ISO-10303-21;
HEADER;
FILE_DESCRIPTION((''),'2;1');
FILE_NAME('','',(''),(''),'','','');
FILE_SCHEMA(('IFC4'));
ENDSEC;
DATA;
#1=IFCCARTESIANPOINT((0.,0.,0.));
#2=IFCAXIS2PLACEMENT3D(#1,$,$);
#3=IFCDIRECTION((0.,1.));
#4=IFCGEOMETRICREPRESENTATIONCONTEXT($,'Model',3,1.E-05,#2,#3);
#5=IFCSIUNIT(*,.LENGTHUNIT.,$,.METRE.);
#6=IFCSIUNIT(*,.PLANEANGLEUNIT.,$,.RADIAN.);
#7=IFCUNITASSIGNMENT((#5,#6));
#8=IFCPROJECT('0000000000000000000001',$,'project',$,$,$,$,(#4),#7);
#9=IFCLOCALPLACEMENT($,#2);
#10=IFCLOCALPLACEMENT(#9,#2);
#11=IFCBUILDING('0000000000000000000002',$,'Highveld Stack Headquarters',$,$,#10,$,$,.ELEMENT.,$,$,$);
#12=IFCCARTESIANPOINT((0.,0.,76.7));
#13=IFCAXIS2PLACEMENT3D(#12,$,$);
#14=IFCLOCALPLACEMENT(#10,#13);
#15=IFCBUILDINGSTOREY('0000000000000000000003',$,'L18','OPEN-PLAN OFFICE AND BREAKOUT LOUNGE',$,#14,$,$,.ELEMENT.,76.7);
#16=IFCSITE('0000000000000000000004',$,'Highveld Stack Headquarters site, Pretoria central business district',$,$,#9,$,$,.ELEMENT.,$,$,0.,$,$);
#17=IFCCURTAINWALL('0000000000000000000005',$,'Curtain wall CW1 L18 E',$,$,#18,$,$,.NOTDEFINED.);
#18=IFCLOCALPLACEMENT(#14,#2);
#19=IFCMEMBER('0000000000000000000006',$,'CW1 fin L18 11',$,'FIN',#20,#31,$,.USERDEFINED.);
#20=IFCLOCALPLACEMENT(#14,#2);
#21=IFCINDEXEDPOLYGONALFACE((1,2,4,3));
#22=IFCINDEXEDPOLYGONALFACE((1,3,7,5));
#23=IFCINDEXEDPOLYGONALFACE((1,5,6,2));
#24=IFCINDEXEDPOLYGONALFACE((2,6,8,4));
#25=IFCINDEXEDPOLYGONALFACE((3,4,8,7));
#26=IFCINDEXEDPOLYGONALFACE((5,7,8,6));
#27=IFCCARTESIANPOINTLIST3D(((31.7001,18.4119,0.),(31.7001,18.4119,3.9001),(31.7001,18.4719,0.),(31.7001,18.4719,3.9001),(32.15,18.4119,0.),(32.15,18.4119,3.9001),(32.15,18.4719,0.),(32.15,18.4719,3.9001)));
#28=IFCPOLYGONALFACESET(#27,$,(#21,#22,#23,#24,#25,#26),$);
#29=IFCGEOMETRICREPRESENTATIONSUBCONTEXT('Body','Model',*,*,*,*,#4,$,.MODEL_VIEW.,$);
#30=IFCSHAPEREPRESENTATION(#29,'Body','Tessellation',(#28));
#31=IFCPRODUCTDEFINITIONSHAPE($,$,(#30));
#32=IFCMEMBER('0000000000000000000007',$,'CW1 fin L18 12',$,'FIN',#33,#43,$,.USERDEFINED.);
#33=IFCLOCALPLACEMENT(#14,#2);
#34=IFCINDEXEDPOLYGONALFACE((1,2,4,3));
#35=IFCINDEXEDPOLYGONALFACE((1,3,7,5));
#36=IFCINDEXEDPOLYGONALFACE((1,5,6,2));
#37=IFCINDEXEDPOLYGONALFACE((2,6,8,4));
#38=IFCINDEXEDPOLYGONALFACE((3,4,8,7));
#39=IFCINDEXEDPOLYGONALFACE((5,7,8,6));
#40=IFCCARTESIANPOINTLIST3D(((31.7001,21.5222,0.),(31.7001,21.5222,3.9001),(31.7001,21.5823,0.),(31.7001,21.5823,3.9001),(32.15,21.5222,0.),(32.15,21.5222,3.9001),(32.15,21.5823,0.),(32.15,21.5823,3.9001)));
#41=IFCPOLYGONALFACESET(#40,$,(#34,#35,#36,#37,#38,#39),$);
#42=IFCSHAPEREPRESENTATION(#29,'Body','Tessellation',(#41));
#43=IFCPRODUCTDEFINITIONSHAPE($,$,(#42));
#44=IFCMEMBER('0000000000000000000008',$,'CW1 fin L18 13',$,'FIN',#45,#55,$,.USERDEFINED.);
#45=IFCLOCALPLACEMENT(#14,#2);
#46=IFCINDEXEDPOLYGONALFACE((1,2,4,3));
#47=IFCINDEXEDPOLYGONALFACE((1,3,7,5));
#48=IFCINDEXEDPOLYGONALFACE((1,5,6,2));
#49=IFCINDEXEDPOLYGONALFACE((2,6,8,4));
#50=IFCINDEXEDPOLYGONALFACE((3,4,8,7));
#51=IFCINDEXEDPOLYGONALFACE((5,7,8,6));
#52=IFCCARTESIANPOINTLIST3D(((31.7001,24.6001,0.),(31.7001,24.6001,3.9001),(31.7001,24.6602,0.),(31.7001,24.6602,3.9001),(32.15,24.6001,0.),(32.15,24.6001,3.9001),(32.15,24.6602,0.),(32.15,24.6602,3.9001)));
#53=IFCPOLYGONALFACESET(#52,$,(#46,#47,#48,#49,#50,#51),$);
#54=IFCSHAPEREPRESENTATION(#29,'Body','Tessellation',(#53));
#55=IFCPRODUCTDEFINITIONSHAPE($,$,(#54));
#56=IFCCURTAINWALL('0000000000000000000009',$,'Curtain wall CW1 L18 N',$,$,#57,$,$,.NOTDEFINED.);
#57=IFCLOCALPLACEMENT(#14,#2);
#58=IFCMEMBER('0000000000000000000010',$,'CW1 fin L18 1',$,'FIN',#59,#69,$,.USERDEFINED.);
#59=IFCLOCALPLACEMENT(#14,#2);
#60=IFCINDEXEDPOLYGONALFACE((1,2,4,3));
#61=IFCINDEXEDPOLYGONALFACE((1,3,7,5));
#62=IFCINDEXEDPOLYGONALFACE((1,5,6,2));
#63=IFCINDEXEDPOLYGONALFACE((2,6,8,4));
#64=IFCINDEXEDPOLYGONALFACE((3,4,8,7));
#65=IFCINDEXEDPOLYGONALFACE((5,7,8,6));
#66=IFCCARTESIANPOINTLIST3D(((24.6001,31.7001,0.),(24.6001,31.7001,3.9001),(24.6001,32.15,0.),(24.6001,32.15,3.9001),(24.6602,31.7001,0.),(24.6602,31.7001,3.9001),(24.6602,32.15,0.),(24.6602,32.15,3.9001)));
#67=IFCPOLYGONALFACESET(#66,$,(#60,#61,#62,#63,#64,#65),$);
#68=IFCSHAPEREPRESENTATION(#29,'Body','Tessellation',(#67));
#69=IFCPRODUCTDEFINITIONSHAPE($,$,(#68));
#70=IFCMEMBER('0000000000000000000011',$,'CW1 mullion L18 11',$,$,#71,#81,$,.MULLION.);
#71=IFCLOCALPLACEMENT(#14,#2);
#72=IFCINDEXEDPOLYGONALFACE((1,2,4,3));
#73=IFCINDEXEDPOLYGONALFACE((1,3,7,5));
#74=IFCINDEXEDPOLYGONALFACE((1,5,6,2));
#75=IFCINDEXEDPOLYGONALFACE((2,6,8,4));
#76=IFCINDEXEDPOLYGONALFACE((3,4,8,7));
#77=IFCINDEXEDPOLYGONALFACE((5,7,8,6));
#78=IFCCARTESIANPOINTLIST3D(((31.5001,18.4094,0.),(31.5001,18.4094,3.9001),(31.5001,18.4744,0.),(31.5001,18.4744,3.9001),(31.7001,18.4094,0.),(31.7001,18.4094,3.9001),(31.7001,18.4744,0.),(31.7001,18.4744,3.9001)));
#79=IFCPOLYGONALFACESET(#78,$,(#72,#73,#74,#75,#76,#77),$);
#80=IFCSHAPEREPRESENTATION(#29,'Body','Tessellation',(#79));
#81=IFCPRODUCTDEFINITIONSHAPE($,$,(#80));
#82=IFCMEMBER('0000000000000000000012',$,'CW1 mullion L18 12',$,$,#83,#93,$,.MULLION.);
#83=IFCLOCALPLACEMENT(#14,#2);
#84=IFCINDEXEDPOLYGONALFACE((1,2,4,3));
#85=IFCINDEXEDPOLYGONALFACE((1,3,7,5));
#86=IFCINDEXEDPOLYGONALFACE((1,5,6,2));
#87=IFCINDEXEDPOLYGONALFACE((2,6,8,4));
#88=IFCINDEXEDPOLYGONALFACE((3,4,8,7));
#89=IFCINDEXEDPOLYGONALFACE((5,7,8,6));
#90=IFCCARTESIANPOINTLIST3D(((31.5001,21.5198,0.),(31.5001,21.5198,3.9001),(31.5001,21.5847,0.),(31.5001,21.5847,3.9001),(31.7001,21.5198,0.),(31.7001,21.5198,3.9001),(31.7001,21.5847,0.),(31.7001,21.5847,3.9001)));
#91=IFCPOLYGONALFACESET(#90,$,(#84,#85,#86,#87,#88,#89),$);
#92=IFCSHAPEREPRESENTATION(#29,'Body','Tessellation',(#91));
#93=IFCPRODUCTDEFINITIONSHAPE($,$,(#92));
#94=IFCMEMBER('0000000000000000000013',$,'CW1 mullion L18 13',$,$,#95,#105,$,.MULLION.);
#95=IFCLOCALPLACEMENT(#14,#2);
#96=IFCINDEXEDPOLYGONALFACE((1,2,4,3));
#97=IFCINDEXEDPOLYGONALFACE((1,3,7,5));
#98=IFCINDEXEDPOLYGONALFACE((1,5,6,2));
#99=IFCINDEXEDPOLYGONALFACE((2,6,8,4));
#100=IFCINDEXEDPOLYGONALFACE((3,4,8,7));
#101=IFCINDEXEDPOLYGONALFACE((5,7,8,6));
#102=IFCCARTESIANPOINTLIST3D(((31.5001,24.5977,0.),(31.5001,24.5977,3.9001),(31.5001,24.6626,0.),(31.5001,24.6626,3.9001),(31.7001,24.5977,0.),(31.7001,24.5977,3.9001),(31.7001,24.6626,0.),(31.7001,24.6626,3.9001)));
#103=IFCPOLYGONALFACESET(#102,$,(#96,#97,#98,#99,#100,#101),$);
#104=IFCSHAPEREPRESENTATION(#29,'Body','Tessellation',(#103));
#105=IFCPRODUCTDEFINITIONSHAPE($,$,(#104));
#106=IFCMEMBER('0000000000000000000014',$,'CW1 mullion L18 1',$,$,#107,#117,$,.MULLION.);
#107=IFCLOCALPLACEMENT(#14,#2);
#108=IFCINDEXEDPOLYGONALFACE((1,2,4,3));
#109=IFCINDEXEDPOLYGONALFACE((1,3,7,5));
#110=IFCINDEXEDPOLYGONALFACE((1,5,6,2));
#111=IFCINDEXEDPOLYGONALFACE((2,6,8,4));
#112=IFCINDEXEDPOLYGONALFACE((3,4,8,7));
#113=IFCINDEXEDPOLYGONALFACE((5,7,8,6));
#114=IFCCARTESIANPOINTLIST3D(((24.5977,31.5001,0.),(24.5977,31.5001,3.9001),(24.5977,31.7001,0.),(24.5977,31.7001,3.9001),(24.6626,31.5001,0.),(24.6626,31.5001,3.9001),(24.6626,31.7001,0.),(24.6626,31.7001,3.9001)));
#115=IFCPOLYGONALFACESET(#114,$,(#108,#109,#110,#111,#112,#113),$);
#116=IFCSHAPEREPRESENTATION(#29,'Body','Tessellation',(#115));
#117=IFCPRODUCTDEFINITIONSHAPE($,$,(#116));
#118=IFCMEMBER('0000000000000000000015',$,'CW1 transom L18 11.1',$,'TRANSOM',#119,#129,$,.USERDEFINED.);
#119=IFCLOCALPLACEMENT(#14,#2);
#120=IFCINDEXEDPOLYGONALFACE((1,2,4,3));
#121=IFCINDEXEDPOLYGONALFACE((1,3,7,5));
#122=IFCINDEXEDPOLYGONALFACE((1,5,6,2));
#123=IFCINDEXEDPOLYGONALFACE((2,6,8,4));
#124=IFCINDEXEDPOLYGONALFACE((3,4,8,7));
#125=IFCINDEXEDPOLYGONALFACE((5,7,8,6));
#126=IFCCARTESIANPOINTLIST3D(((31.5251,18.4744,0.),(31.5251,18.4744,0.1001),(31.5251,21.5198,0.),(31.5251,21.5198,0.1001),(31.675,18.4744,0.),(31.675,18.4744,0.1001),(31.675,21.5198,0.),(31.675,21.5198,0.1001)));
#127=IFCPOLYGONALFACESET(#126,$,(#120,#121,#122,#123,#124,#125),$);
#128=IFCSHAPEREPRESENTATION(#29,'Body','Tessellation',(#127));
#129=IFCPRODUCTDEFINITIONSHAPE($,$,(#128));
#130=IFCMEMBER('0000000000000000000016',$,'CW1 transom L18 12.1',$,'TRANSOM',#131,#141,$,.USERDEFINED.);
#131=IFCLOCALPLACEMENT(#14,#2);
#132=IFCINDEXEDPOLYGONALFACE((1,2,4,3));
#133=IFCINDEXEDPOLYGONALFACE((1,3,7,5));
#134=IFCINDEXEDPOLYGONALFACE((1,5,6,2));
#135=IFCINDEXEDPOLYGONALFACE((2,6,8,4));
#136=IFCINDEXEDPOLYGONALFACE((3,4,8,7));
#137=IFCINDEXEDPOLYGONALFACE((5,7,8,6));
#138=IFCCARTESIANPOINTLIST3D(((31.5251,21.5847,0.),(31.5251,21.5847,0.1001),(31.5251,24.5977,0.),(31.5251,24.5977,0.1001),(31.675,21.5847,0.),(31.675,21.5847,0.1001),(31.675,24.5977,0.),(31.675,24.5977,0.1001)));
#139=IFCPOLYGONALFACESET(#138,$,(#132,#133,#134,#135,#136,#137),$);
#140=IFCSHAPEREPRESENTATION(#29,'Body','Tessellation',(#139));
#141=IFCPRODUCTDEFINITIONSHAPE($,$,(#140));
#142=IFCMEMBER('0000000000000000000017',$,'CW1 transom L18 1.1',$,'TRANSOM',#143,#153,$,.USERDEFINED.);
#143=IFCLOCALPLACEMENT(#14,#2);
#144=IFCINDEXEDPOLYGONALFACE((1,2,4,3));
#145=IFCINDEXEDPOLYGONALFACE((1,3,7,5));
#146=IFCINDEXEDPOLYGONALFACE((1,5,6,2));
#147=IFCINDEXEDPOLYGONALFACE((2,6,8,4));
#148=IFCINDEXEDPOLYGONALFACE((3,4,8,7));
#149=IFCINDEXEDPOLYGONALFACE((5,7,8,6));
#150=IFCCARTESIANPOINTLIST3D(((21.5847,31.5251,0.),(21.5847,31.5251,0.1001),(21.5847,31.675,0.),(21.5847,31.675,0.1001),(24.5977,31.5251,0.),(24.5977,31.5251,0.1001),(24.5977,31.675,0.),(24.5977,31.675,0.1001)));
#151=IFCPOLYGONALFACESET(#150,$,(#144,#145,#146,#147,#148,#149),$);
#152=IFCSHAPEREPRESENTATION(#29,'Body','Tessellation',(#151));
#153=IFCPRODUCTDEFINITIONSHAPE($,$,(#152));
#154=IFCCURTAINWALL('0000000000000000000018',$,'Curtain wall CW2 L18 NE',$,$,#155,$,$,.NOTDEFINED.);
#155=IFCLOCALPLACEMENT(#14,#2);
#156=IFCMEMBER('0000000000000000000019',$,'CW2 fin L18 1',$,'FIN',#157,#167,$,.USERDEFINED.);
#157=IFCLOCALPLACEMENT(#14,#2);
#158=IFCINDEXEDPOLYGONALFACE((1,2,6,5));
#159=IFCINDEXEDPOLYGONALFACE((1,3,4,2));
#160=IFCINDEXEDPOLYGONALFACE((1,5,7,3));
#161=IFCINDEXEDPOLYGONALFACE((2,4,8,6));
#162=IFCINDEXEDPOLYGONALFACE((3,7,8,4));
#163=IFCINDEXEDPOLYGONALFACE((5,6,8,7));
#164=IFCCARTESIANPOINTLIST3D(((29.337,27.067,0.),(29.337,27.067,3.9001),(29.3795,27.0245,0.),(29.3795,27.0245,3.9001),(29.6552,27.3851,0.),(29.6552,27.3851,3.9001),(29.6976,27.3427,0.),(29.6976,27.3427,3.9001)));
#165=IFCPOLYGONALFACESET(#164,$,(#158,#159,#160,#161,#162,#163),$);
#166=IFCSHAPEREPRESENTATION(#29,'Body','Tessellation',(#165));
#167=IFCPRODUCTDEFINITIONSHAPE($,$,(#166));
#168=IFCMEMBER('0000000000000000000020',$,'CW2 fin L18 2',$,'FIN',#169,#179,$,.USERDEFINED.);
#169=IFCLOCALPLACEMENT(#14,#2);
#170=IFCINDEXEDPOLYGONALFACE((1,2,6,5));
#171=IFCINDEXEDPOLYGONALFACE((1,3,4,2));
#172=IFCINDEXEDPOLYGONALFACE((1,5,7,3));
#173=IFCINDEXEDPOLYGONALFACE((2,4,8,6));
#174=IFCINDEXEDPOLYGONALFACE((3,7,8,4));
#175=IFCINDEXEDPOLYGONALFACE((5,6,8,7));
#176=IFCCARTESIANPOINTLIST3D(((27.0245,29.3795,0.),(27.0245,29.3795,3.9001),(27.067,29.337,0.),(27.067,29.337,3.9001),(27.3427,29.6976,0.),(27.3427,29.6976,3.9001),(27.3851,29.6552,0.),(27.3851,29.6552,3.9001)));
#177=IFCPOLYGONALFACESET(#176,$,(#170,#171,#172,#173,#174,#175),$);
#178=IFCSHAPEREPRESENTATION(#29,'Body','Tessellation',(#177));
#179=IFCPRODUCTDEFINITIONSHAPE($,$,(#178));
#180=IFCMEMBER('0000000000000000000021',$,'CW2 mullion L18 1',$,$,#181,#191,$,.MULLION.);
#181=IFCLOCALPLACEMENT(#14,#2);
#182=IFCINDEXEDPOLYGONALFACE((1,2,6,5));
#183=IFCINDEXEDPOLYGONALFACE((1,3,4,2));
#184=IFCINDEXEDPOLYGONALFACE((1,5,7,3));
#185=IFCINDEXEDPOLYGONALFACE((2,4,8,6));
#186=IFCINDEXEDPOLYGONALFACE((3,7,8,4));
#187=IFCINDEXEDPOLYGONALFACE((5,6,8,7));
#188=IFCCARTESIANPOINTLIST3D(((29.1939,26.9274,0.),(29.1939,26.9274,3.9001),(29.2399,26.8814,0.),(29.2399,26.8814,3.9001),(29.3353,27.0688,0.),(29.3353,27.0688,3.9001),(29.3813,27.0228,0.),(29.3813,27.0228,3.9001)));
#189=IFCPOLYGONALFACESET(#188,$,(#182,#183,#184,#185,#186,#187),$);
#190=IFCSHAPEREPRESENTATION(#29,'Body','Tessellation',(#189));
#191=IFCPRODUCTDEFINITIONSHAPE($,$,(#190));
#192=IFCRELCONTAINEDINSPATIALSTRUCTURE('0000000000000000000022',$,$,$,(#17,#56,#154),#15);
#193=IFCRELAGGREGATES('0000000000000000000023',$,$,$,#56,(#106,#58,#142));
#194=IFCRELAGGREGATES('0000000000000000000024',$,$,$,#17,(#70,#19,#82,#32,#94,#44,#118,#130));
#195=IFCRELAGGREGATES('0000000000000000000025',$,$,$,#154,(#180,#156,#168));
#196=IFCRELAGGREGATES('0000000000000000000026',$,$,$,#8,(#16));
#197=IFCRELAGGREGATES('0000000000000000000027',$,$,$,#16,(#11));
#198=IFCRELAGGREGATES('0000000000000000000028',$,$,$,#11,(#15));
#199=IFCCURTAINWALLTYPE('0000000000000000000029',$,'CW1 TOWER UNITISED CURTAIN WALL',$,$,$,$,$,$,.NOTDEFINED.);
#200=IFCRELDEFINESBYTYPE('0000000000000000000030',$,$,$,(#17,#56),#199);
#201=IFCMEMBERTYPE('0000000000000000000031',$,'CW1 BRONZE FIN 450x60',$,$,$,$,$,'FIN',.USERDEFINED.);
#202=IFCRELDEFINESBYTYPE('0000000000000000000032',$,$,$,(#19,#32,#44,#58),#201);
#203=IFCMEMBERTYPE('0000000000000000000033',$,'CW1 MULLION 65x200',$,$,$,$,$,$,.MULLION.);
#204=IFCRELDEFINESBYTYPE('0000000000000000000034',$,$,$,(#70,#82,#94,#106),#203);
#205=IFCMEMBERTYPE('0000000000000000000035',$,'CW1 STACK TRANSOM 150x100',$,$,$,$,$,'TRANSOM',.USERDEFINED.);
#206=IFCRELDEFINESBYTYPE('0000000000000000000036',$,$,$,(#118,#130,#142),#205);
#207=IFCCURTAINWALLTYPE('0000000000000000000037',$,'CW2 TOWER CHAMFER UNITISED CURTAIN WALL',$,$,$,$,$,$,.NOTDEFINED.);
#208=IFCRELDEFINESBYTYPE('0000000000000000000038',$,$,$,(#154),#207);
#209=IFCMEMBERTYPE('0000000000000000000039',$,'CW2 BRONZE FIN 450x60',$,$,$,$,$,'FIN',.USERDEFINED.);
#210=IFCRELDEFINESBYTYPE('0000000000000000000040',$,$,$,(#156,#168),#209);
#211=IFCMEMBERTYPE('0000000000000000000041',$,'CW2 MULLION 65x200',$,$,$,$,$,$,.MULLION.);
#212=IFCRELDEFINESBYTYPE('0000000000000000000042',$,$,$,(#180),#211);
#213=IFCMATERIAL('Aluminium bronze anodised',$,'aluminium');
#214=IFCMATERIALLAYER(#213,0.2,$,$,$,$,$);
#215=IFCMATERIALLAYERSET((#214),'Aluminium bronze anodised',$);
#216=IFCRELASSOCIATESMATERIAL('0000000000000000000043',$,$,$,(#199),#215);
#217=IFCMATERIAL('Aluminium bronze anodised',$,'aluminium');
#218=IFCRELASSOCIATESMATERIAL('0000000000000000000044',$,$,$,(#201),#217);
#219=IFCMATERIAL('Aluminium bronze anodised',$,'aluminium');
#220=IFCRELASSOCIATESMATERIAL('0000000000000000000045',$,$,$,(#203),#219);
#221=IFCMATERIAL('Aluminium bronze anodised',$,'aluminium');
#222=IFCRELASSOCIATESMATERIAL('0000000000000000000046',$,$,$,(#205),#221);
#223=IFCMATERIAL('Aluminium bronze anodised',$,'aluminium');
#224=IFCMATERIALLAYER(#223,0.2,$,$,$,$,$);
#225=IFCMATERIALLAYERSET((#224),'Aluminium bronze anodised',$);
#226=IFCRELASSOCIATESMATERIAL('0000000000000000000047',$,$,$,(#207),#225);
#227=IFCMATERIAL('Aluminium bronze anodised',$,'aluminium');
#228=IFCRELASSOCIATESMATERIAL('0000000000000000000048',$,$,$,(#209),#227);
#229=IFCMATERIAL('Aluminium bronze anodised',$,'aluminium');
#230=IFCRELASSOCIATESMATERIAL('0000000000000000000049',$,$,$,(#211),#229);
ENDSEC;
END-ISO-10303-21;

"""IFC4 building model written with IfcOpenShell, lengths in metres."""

from ifc_helpers import new_model, si_unit, direction, frame, origin, origin_2d, place, context, subcontext, project, spatial, rectangle, extrude, material, layer, layer_set, material_profile, profile_set, type_object, element, aggregate, save


model = new_model("IFC4")

# Units and contexts
model_context = context("Model", 3, precision=1e-05, world=origin(), true_north=direction((0.0, 1.0)))
body_context = subcontext(model_context, "Body", "Model", "MODEL_VIEW")
ifc_project = project(units=[si_unit("LENGTHUNIT", "METRE"), si_unit("PLANEANGLEUNIT", "RADIAN")], contexts=[model_context])

# Site, building, storey
site_placement = place(None, origin())
site = spatial("IfcSite", under=ifc_project, at=site_placement, Name="Highveld Stack Headquarters site, Pretoria central business district", CompositionType="ELEMENT", RefElevation=0.0)
building_placement = place(site_placement, origin())
building = spatial("IfcBuilding", under=site, at=building_placement, Name="Highveld Stack Headquarters", CompositionType="ELEMENT")
storey_placement = place(building_placement, frame((0.0, 0.0, 76.7)))
storey = spatial("IfcBuildingStorey", under=building, at=storey_placement, Name="L18", Description="OPEN-PLAN OFFICE AND BREAKOUT LOUNGE", CompositionType="ELEMENT", Elevation=76.7)

# Curtain wall, members
ifc_material_1 = material(Name="Aluminium bronze anodised", Category="aluminium")
ifc_layer_1 = layer(ifc_material_1, 0.2)
ifc_layer_set_1 = layer_set([ifc_layer_1], Name="Aluminium bronze anodised")
curtain_wall_type_1 = type_object("IfcCurtainWallType", Name="CW1 TOWER UNITISED CURTAIN WALL", PredefinedType="NOTDEFINED", material=ifc_layer_set_1)
curtain_wall_1_placement = place(storey_placement, origin())
curtain_wall_1 = element("IfcCurtainWall", 1, at=curtain_wall_1_placement, inside=storey, type_object=curtain_wall_type_1, Name="Curtain wall CW1 L18 E", PredefinedType="NOTDEFINED")
ifc_material_2 = material(Name="Aluminium bronze anodised", Category="aluminium")
ifc_material_profile_1 = material_profile(ifc_material_2, rectangle(XDim=0.45, YDim=0.0601, at=origin_2d()), Name="FIN 450x60")
ifc_profile_set_1 = profile_set([ifc_material_profile_1], Name="Aluminium bronze anodised")
member_type_1 = type_object("IfcMemberType", Name="CW1 BRONZE FIN 450x60", ElementType="FIN", PredefinedType="USERDEFINED", material=ifc_profile_set_1)
member_1_placement = place(storey_placement, frame((31.925, 18.4419, 0.0), z_axis=(0.0, 0.0, 1.0), x_axis=(-1.0, 0.0, 0.0)))
member_1 = element("IfcMember", 2, at=member_1_placement, type_object=member_type_1, Name="CW1 fin L18 11", ObjectType="FIN", PredefinedType="USERDEFINED", context=body_context, shape_type="SweptSolid", body=[
    extrude(rectangle(XDim=0.45, YDim=0.0601, at=origin_2d()), origin(), (0.0, 0.0, 1.0), 3.9001),
])
member_2_placement = place(storey_placement, frame((31.925, 21.5522, 0.0), z_axis=(0.0, 0.0, 1.0), x_axis=(-1.0, 0.0, 0.0)))
member_2 = element("IfcMember", 3, at=member_2_placement, type_object=member_type_1, Name="CW1 fin L18 12", ObjectType="FIN", PredefinedType="USERDEFINED", context=body_context, shape_type="SweptSolid", body=[
    extrude(rectangle(XDim=0.45, YDim=0.0601, at=origin_2d()), origin(), (0.0, 0.0, 1.0), 3.9001),
])
member_3_placement = place(storey_placement, frame((31.925, 24.6301, 0.0), z_axis=(0.0, 0.0, 1.0), x_axis=(-1.0, 0.0, 0.0)))
member_3 = element("IfcMember", 4, at=member_3_placement, type_object=member_type_1, Name="CW1 fin L18 13", ObjectType="FIN", PredefinedType="USERDEFINED", context=body_context, shape_type="SweptSolid", body=[
    extrude(rectangle(XDim=0.45, YDim=0.0601, at=origin_2d()), origin(), (0.0, 0.0, 1.0), 3.9001),
])

# Curtain wall, member
curtain_wall_2_placement = place(storey_placement, origin())
curtain_wall_2 = element("IfcCurtainWall", 5, at=curtain_wall_2_placement, inside=storey, type_object=curtain_wall_type_1, Name="Curtain wall CW1 L18 N", PredefinedType="NOTDEFINED")
member_4_placement = place(storey_placement, frame((24.6301, 31.925, 0.0), z_axis=(0.0, 0.0, 1.0), x_axis=(0.0, -1.0, 0.0)))
member_4 = element("IfcMember", 6, at=member_4_placement, type_object=member_type_1, Name="CW1 fin L18 1", ObjectType="FIN", PredefinedType="USERDEFINED", context=body_context, shape_type="SweptSolid", body=[
    extrude(rectangle(XDim=0.45, YDim=0.0601, at=origin_2d()), origin(), (0.0, 0.0, 1.0), 3.9001),
])

# Members
ifc_material_3 = material(Name="Aluminium bronze anodised", Category="aluminium")
ifc_material_profile_2 = material_profile(ifc_material_3, rectangle(XDim=0.2, YDim=0.0649, at=origin_2d()), Name="CW1 MULLION 65x200")
ifc_profile_set_2 = profile_set([ifc_material_profile_2], Name="Aluminium bronze anodised")
member_type_2 = type_object("IfcMemberType", Name="CW1 MULLION 65x200", PredefinedType="MULLION", material=ifc_profile_set_2)
member_5_placement = place(storey_placement, frame((31.6001, 18.4419, 0.0), z_axis=(0.0, 0.0, 1.0), x_axis=(-1.0, 0.0, 0.0)))
member_5 = element("IfcMember", 7, at=member_5_placement, type_object=member_type_2, Name="CW1 mullion L18 11", PredefinedType="MULLION", context=body_context, shape_type="SweptSolid", body=[
    extrude(rectangle(XDim=0.2, YDim=0.0649, at=origin_2d()), origin(), (0.0, 0.0, 1.0), 3.9001),
])
member_6_placement = place(storey_placement, frame((31.6001, 21.5522, 0.0), z_axis=(0.0, 0.0, 1.0), x_axis=(-1.0, 0.0, 0.0)))
member_6 = element("IfcMember", 8, at=member_6_placement, type_object=member_type_2, Name="CW1 mullion L18 12", PredefinedType="MULLION", context=body_context, shape_type="SweptSolid", body=[
    extrude(rectangle(XDim=0.2, YDim=0.0649, at=origin_2d()), origin(), (0.0, 0.0, 1.0), 3.9001),
])
member_7_placement = place(storey_placement, frame((31.6001, 24.6301, 0.0), z_axis=(0.0, 0.0, 1.0), x_axis=(-1.0, 0.0, 0.0)))
member_7 = element("IfcMember", 9, at=member_7_placement, type_object=member_type_2, Name="CW1 mullion L18 13", PredefinedType="MULLION", context=body_context, shape_type="SweptSolid", body=[
    extrude(rectangle(XDim=0.2, YDim=0.0649, at=origin_2d()), origin(), (0.0, 0.0, 1.0), 3.9001),
])
member_8_placement = place(storey_placement, frame((24.6301, 31.6001, 0.0), z_axis=(0.0, 0.0, 1.0), x_axis=(0.0, -1.0, 0.0)))
member_8 = element("IfcMember", 10, at=member_8_placement, type_object=member_type_2, Name="CW1 mullion L18 1", PredefinedType="MULLION", context=body_context, shape_type="SweptSolid", body=[
    extrude(rectangle(XDim=0.2, YDim=0.0649, at=origin_2d()), origin(), (0.0, 0.0, 1.0), 3.9001),
])
ifc_material_4 = material(Name="Aluminium bronze anodised", Category="aluminium")
ifc_material_profile_3 = material_profile(ifc_material_4, rectangle(XDim=0.1499, YDim=0.1001, at=origin_2d()), Name="CW1 TRANSOM 150x100")
ifc_profile_set_3 = profile_set([ifc_material_profile_3], Name="Aluminium bronze anodised")
member_type_3 = type_object("IfcMemberType", Name="CW1 STACK TRANSOM 150x100", ElementType="TRANSOM", PredefinedType="USERDEFINED", material=ifc_profile_set_3)
member_9_placement = place(storey_placement, frame((31.6001, 18.4744, 0.05), z_axis=(0.0, 1.0, 0.0), x_axis=(-1.0, 0.0, 0.0)))
member_9 = element("IfcMember", 11, at=member_9_placement, type_object=member_type_3, Name="CW1 transom L18 11.1", ObjectType="TRANSOM", PredefinedType="USERDEFINED", context=body_context, shape_type="SweptSolid", body=[
    extrude(rectangle(XDim=0.1499, YDim=0.1001, at=origin_2d()), origin(), (0.0, 0.0, 1.0), 3.0454),
])
member_10_placement = place(storey_placement, frame((31.6001, 21.5847, 0.05), z_axis=(0.0, 1.0, 0.0), x_axis=(-1.0, 0.0, 0.0)))
member_10 = element("IfcMember", 12, at=member_10_placement, type_object=member_type_3, Name="CW1 transom L18 12.1", ObjectType="TRANSOM", PredefinedType="USERDEFINED", context=body_context, shape_type="SweptSolid", body=[
    extrude(rectangle(XDim=0.1499, YDim=0.1001, at=origin_2d()), origin(), (0.0, 0.0, 1.0), 3.0129),
])
member_11_placement = place(storey_placement, frame((24.5977, 31.6001, 0.05), z_axis=(-1.0, 0.0, 0.0), x_axis=(0.0, -1.0, 0.0)))
member_11 = element("IfcMember", 13, at=member_11_placement, type_object=member_type_3, Name="CW1 transom L18 1.1", ObjectType="TRANSOM", PredefinedType="USERDEFINED", context=body_context, shape_type="SweptSolid", body=[
    extrude(rectangle(XDim=0.1499, YDim=0.1001, at=origin_2d()), origin(), (0.0, 0.0, 1.0), 3.0129),
])
aggregate(curtain_wall_2, [member_8, member_4, member_11])

# Curtain wall, members
ifc_material_5 = material(Name="Aluminium bronze anodised", Category="aluminium")
ifc_layer_2 = layer(ifc_material_5, 0.2)
ifc_layer_set_2 = layer_set([ifc_layer_2], Name="Aluminium bronze anodised")
curtain_wall_type_2 = type_object("IfcCurtainWallType", Name="CW2 TOWER CHAMFER UNITISED CURTAIN WALL", PredefinedType="NOTDEFINED", material=ifc_layer_set_2)
curtain_wall_3_placement = place(storey_placement, origin())
curtain_wall_3 = element("IfcCurtainWall", 14, at=curtain_wall_3_placement, inside=storey, type_object=curtain_wall_type_2, Name="Curtain wall CW2 L18 NE", PredefinedType="NOTDEFINED")
ifc_material_6 = material(Name="Aluminium bronze anodised", Category="aluminium")
ifc_material_profile_4 = material_profile(ifc_material_6, rectangle(XDim=0.45, YDim=0.0601, at=origin_2d()), Name="FIN 450x60")
ifc_profile_set_4 = profile_set([ifc_material_profile_4], Name="Aluminium bronze anodised")
member_type_4 = type_object("IfcMemberType", Name="CW2 BRONZE FIN 450x60", ElementType="FIN", PredefinedType="USERDEFINED", material=ifc_profile_set_4)
member_12_placement = place(storey_placement, frame((29.5173, 27.2048, 0.0), z_axis=(0.0, 0.0, 1.0), x_axis=(-0.707107, -0.707107, 0.0)))
member_12 = element("IfcMember", 15, at=member_12_placement, type_object=member_type_4, Name="CW2 fin L18 1", ObjectType="FIN", PredefinedType="USERDEFINED", context=body_context, shape_type="SweptSolid", body=[
    extrude(rectangle(XDim=0.45, YDim=0.0601, at=origin_2d()), origin(), (0.0, 0.0, 1.0), 3.9001),
])
member_13_placement = place(storey_placement, frame((27.2048, 29.5173, 0.0), z_axis=(0.0, 0.0, 1.0), x_axis=(-0.707107, -0.707107, 0.0)))
member_13 = element("IfcMember", 16, at=member_13_placement, type_object=member_type_4, Name="CW2 fin L18 2", ObjectType="FIN", PredefinedType="USERDEFINED", context=body_context, shape_type="SweptSolid", body=[
    extrude(rectangle(XDim=0.45, YDim=0.0601, at=origin_2d()), origin(), (0.0, 0.0, 1.0), 3.9001),
])
ifc_material_7 = material(Name="Aluminium bronze anodised", Category="aluminium")
ifc_material_profile_5 = material_profile(ifc_material_7, rectangle(XDim=0.2, YDim=0.0649, at=origin_2d()), Name="CW2 MULLION 65x200")
ifc_profile_set_5 = profile_set([ifc_material_profile_5], Name="Aluminium bronze anodised")
member_type_5 = type_object("IfcMemberType", Name="CW2 MULLION 65x200", PredefinedType="MULLION", material=ifc_profile_set_5)
member_14_placement = place(storey_placement, frame((29.2876, 26.9751, 0.0), z_axis=(0.0, 0.0, 1.0), x_axis=(-0.707107, -0.707107, 0.0)))
member_14 = element("IfcMember", 17, at=member_14_placement, type_object=member_type_5, Name="CW2 mullion L18 1", PredefinedType="MULLION", context=body_context, shape_type="SweptSolid", body=[
    extrude(rectangle(XDim=0.2, YDim=0.0649, at=origin_2d()), origin(), (0.0, 0.0, 1.0), 3.9001),
])

aggregate(curtain_wall_1, [member_5, member_1, member_6, member_2, member_7, member_3, member_9, member_10])
aggregate(curtain_wall_3, [member_14, member_12, member_13])

save(model, "model.ifc")
